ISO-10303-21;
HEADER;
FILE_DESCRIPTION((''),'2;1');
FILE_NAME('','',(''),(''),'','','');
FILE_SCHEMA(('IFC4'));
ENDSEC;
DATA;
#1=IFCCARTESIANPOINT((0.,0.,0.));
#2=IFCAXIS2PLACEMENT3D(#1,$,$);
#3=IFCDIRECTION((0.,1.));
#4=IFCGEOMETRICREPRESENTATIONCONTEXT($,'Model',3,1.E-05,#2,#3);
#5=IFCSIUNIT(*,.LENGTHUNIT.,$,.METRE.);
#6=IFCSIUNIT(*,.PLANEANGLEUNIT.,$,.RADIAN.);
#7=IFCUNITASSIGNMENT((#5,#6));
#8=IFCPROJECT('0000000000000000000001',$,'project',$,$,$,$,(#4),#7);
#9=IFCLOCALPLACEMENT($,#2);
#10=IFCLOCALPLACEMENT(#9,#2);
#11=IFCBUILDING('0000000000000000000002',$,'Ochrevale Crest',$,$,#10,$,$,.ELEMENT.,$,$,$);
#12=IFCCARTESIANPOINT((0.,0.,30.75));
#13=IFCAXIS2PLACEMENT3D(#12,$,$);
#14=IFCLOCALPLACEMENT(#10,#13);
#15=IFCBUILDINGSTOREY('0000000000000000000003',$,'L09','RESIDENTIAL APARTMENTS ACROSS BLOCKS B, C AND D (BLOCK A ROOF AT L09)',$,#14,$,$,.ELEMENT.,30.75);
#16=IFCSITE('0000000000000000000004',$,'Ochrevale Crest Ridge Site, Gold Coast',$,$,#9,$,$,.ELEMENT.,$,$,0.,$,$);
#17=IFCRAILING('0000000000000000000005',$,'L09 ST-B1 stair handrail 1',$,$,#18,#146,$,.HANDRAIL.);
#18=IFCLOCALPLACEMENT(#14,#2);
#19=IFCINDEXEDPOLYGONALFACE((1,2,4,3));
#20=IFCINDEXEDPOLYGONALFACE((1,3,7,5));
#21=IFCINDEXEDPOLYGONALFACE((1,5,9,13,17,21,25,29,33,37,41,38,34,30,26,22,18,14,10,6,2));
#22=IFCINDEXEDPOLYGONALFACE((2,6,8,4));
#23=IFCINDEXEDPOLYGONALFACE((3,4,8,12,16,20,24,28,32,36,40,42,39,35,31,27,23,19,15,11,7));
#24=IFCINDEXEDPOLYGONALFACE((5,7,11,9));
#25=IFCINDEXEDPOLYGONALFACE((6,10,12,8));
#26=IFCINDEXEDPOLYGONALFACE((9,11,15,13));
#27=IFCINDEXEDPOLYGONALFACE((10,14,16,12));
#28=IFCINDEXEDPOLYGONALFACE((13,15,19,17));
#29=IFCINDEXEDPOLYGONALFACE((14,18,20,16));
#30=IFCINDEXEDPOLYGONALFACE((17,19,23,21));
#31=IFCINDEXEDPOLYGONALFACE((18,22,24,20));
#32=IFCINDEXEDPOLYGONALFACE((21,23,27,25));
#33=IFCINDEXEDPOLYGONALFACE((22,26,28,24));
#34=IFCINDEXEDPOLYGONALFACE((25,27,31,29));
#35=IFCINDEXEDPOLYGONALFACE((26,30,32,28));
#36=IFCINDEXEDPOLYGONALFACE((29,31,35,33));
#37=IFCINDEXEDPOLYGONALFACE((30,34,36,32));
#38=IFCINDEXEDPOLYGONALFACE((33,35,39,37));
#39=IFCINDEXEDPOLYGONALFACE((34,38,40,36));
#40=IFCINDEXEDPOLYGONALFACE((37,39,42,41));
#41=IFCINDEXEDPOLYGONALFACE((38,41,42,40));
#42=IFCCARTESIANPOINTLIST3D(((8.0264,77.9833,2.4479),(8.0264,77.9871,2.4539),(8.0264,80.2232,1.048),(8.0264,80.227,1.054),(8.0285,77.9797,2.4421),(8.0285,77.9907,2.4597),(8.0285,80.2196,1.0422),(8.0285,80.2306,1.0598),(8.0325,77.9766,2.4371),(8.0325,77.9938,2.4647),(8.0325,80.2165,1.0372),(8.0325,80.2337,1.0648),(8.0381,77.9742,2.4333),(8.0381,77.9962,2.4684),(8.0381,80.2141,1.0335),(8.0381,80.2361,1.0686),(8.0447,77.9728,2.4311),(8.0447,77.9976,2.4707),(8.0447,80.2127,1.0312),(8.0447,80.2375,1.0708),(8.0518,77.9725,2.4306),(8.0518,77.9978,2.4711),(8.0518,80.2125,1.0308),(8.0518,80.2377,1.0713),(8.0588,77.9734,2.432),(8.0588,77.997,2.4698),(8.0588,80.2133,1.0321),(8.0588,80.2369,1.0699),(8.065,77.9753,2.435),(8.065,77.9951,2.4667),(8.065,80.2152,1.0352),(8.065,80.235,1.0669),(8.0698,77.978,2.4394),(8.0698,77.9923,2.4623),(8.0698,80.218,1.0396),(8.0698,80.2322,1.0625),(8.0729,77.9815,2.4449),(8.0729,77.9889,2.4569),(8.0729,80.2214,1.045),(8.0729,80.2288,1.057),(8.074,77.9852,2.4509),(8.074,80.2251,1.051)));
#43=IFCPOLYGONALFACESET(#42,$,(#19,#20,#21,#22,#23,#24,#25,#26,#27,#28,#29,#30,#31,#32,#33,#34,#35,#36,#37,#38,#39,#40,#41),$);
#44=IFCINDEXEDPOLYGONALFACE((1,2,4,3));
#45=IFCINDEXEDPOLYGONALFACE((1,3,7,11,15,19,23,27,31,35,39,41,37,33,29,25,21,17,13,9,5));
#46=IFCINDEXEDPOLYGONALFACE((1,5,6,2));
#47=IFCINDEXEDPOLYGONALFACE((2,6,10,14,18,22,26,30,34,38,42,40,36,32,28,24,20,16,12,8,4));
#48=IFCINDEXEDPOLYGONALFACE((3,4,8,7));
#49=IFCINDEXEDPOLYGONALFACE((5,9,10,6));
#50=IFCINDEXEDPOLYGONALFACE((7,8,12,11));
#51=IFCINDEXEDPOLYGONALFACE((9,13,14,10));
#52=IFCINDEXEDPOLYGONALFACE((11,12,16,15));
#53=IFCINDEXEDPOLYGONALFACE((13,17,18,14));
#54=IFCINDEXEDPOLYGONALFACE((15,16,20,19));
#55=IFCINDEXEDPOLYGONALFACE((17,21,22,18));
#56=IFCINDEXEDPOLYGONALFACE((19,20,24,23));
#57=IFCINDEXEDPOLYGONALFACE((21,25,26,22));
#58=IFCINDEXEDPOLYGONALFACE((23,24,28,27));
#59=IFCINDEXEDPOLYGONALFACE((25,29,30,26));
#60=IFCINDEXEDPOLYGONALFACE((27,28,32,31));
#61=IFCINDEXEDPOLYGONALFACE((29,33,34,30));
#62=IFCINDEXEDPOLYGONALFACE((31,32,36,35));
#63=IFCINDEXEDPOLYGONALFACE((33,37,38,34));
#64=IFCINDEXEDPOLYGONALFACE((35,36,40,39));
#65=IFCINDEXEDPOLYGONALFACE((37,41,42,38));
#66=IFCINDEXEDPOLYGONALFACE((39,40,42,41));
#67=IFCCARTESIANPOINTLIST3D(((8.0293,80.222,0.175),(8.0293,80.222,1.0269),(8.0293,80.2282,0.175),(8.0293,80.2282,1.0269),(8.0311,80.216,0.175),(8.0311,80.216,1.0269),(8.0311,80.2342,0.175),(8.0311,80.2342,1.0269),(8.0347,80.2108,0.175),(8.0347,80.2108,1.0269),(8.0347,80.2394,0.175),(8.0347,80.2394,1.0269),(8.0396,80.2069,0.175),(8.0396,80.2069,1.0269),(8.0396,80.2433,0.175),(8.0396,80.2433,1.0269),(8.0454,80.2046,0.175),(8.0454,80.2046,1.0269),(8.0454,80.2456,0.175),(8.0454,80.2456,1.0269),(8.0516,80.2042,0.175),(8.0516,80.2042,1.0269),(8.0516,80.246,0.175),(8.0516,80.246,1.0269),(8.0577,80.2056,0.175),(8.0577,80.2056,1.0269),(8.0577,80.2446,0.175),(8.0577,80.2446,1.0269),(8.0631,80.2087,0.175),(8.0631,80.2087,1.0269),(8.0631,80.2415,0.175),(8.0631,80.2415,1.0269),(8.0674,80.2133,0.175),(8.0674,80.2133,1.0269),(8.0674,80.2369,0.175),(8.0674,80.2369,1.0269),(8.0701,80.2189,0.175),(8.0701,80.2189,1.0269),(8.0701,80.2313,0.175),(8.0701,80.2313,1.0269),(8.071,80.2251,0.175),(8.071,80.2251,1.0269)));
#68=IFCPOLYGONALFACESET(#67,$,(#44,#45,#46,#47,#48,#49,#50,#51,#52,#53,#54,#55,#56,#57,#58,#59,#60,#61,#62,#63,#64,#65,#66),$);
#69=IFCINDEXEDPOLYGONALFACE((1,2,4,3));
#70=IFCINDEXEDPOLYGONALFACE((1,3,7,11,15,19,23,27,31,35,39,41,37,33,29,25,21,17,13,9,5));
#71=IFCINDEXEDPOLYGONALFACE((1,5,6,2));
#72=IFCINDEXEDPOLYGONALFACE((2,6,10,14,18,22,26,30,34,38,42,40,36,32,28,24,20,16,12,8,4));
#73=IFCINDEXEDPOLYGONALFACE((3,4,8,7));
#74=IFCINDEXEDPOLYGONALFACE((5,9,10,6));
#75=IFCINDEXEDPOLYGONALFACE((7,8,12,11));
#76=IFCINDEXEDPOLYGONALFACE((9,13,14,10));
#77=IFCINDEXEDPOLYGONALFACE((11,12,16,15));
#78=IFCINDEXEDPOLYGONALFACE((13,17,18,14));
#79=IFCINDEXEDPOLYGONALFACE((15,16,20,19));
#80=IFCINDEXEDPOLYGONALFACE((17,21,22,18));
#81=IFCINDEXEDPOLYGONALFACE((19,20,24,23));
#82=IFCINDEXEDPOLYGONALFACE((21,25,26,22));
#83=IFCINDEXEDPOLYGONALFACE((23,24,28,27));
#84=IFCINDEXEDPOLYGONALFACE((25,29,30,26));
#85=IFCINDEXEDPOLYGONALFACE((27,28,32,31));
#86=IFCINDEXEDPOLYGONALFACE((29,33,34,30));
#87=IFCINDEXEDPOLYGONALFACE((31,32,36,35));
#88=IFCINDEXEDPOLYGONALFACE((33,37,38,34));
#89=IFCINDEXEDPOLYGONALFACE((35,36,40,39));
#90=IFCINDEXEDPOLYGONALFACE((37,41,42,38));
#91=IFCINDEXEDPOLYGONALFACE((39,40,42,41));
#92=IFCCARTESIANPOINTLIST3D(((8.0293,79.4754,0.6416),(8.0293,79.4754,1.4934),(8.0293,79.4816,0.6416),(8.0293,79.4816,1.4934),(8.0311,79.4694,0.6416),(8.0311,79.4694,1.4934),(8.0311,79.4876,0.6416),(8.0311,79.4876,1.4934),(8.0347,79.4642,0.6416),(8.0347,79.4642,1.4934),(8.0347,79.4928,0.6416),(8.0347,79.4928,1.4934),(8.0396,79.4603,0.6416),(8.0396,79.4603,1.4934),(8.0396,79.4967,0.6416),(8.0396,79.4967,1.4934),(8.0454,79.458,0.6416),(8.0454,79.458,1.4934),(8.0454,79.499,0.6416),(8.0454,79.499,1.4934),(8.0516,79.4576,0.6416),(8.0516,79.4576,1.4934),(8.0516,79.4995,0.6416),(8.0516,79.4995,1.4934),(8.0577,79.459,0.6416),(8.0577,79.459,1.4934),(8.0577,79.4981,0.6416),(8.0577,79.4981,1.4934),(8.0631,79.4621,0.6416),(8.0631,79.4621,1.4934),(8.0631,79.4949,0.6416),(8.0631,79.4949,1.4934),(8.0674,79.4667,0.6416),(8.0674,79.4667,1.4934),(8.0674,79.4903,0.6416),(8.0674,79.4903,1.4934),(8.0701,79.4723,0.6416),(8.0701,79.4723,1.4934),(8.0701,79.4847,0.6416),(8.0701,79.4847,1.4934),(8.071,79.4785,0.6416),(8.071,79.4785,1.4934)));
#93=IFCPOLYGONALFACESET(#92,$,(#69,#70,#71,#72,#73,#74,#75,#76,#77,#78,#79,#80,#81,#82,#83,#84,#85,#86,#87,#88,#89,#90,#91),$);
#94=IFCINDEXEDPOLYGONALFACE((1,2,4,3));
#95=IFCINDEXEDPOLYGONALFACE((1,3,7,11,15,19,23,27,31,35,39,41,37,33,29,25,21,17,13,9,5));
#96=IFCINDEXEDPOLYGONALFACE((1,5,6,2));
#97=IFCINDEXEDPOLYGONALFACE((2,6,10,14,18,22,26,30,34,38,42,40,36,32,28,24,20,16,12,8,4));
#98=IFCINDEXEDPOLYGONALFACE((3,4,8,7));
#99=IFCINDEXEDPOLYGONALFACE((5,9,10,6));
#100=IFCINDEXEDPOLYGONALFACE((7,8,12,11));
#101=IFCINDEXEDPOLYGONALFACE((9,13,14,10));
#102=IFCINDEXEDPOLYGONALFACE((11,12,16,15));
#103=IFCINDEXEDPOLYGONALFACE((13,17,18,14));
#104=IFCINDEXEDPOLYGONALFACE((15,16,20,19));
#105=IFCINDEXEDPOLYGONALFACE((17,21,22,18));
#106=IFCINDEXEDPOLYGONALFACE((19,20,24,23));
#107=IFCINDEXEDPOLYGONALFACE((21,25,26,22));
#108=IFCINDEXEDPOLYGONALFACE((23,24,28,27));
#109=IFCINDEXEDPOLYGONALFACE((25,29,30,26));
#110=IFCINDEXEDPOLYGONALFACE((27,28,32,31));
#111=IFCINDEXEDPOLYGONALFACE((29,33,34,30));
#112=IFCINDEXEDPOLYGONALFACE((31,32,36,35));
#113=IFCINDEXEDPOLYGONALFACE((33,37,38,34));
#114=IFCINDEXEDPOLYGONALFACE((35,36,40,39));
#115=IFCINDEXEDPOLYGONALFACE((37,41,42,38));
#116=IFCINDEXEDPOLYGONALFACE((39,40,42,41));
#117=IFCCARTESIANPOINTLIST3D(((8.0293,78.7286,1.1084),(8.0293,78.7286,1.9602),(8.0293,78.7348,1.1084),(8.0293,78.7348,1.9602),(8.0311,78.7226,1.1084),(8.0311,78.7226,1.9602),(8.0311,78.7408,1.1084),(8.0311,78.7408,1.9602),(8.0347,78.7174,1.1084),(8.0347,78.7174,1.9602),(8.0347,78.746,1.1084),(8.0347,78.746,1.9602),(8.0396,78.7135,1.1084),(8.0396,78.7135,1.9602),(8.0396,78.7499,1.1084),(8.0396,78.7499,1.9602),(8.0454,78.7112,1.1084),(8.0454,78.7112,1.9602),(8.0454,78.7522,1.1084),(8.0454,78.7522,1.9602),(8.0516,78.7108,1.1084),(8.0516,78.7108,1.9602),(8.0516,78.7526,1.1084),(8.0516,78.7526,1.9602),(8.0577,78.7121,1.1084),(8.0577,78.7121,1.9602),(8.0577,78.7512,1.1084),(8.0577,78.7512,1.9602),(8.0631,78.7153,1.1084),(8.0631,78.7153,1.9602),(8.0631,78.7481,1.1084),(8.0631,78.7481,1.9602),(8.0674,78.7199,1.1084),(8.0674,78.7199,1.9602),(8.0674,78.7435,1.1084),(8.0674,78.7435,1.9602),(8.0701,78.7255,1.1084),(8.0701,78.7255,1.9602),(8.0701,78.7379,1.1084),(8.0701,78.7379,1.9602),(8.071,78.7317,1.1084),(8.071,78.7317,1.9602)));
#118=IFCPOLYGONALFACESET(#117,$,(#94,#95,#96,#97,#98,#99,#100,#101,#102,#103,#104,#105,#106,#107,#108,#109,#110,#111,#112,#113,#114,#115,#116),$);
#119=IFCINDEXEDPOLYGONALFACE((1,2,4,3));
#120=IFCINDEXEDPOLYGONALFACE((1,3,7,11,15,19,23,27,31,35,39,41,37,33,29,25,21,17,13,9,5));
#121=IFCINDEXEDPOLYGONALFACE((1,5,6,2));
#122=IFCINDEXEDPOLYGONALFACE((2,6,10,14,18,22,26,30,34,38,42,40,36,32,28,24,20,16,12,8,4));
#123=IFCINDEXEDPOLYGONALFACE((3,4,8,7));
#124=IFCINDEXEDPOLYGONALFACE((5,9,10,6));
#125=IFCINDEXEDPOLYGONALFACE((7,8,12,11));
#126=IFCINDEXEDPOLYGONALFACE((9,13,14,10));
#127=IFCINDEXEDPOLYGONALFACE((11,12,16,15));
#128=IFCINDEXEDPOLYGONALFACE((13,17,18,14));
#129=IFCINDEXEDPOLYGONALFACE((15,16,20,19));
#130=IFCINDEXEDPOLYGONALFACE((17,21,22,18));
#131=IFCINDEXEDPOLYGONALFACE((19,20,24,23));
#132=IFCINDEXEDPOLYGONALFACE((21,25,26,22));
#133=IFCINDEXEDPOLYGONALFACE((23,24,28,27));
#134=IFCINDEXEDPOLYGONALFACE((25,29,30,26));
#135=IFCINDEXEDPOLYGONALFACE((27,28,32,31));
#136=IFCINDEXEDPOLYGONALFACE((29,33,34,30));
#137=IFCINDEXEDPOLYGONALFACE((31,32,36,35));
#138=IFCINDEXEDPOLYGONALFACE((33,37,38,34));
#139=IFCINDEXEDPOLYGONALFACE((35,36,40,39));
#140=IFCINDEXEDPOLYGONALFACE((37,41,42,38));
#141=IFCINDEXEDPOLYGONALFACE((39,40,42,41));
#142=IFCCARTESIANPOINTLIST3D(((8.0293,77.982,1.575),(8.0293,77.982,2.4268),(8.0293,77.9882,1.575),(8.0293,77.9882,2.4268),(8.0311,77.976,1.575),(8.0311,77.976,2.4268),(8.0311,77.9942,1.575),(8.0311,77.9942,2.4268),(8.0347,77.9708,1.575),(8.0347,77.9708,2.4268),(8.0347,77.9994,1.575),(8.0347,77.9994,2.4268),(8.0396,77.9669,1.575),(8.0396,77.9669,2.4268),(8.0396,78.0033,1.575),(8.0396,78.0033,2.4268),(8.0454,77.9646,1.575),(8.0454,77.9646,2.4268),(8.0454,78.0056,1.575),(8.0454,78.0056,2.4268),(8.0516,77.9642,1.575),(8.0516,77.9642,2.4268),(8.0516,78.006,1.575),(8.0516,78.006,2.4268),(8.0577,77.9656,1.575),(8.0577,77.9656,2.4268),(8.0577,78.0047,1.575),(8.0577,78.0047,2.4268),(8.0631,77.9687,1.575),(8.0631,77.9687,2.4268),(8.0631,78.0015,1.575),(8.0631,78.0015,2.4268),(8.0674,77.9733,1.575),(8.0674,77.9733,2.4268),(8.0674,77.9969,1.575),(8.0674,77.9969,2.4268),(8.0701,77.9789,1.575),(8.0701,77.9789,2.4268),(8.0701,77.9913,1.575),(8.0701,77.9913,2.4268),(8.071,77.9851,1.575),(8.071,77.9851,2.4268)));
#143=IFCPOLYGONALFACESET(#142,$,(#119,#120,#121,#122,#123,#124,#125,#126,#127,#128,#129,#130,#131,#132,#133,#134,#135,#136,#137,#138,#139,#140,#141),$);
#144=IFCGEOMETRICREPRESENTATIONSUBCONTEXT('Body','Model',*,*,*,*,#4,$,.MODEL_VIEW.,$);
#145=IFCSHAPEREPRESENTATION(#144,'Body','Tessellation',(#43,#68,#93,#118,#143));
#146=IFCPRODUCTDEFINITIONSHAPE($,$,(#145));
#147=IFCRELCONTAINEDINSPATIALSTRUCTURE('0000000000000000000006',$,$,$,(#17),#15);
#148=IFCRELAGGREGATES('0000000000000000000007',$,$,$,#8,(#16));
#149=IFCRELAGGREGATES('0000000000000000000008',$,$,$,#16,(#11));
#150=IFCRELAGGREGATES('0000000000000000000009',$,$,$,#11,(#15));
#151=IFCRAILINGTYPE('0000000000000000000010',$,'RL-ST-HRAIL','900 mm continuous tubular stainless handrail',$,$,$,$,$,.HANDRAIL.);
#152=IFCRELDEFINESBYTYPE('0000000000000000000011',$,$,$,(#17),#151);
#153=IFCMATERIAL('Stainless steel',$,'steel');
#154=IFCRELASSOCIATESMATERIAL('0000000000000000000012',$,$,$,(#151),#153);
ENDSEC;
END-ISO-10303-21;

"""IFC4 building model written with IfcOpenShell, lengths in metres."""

from ifc_helpers import new_model, si_unit, direction, frame, origin, origin_2d, place, context, subcontext, project, spatial, circle, extrude, material, type_object, element, save


model = new_model("IFC4")

# Units and contexts
model_context = context("Model", 3, precision=1e-05, world=origin(), true_north=direction((0.0, 1.0)))
body_context = subcontext(model_context, "Body", "Model", "MODEL_VIEW")
ifc_project = project(units=[si_unit("LENGTHUNIT", "METRE"), si_unit("PLANEANGLEUNIT", "RADIAN")], contexts=[model_context])

# Site, building, storey
site_placement = place(None, origin())
site = spatial("IfcSite", under=ifc_project, at=site_placement, Name="Ochrevale Crest Ridge Site, Gold Coast", CompositionType="ELEMENT", RefElevation=0.0)
building_placement = place(site_placement, origin())
building = spatial("IfcBuilding", under=site, at=building_placement, Name="Ochrevale Crest", CompositionType="ELEMENT")
storey_placement = place(building_placement, frame((0.0, 0.0, 30.75)))
storey = spatial("IfcBuildingStorey", under=building, at=storey_placement, Name="L09", Description="RESIDENTIAL APARTMENTS ACROSS BLOCKS B, C AND D (BLOCK A ROOF AT L09)", CompositionType="ELEMENT", Elevation=30.75)

# Railing
ifc_material_1 = material(Name="Stainless steel", Category="steel")
railing_type_1 = type_object("IfcRailingType", Name="RL-ST-HRAIL", Description="900 mm continuous tubular stainless handrail", PredefinedType="HANDRAIL", material=ifc_material_1)
railing_1_placement = place(storey_placement, frame((8.05, 80.2251, 0.175)))
element("IfcRailing", 1, at=railing_1_placement, inside=storey, type_object=railing_type_1, Name="L09 ST-B1 stair handrail 1", PredefinedType="HANDRAIL", context=body_context, shape_type="SweptSolid", body=[
    extrude(circle(Radius=0.0239, at=origin_2d()), frame((0.0, 0.0, 0.876), z_axis=(0.0, -0.848014, 0.529974), x_axis=(1.0, 0.0, 0.0)), (0.0, 0.0, 1.0), 2.6414),
    extrude(circle(Radius=0.021, at=origin_2d()), origin(), (0.0, 0.0, 1.0), 0.8518),
    extrude(circle(Radius=0.021, at=origin_2d()), frame((0.0, -0.7466, 0.4666)), (0.0, 0.0, 1.0), 0.8518),
    extrude(circle(Radius=0.021, at=origin_2d()), frame((0.0, -1.4934, 0.9333)), (0.0, 0.0, 1.0), 0.8518),
    extrude(circle(Radius=0.021, at=origin_2d()), frame((0.0, -2.24, 1.3999)), (0.0, 0.0, 1.0), 0.8518),
])

save(model, "model.ifc")
